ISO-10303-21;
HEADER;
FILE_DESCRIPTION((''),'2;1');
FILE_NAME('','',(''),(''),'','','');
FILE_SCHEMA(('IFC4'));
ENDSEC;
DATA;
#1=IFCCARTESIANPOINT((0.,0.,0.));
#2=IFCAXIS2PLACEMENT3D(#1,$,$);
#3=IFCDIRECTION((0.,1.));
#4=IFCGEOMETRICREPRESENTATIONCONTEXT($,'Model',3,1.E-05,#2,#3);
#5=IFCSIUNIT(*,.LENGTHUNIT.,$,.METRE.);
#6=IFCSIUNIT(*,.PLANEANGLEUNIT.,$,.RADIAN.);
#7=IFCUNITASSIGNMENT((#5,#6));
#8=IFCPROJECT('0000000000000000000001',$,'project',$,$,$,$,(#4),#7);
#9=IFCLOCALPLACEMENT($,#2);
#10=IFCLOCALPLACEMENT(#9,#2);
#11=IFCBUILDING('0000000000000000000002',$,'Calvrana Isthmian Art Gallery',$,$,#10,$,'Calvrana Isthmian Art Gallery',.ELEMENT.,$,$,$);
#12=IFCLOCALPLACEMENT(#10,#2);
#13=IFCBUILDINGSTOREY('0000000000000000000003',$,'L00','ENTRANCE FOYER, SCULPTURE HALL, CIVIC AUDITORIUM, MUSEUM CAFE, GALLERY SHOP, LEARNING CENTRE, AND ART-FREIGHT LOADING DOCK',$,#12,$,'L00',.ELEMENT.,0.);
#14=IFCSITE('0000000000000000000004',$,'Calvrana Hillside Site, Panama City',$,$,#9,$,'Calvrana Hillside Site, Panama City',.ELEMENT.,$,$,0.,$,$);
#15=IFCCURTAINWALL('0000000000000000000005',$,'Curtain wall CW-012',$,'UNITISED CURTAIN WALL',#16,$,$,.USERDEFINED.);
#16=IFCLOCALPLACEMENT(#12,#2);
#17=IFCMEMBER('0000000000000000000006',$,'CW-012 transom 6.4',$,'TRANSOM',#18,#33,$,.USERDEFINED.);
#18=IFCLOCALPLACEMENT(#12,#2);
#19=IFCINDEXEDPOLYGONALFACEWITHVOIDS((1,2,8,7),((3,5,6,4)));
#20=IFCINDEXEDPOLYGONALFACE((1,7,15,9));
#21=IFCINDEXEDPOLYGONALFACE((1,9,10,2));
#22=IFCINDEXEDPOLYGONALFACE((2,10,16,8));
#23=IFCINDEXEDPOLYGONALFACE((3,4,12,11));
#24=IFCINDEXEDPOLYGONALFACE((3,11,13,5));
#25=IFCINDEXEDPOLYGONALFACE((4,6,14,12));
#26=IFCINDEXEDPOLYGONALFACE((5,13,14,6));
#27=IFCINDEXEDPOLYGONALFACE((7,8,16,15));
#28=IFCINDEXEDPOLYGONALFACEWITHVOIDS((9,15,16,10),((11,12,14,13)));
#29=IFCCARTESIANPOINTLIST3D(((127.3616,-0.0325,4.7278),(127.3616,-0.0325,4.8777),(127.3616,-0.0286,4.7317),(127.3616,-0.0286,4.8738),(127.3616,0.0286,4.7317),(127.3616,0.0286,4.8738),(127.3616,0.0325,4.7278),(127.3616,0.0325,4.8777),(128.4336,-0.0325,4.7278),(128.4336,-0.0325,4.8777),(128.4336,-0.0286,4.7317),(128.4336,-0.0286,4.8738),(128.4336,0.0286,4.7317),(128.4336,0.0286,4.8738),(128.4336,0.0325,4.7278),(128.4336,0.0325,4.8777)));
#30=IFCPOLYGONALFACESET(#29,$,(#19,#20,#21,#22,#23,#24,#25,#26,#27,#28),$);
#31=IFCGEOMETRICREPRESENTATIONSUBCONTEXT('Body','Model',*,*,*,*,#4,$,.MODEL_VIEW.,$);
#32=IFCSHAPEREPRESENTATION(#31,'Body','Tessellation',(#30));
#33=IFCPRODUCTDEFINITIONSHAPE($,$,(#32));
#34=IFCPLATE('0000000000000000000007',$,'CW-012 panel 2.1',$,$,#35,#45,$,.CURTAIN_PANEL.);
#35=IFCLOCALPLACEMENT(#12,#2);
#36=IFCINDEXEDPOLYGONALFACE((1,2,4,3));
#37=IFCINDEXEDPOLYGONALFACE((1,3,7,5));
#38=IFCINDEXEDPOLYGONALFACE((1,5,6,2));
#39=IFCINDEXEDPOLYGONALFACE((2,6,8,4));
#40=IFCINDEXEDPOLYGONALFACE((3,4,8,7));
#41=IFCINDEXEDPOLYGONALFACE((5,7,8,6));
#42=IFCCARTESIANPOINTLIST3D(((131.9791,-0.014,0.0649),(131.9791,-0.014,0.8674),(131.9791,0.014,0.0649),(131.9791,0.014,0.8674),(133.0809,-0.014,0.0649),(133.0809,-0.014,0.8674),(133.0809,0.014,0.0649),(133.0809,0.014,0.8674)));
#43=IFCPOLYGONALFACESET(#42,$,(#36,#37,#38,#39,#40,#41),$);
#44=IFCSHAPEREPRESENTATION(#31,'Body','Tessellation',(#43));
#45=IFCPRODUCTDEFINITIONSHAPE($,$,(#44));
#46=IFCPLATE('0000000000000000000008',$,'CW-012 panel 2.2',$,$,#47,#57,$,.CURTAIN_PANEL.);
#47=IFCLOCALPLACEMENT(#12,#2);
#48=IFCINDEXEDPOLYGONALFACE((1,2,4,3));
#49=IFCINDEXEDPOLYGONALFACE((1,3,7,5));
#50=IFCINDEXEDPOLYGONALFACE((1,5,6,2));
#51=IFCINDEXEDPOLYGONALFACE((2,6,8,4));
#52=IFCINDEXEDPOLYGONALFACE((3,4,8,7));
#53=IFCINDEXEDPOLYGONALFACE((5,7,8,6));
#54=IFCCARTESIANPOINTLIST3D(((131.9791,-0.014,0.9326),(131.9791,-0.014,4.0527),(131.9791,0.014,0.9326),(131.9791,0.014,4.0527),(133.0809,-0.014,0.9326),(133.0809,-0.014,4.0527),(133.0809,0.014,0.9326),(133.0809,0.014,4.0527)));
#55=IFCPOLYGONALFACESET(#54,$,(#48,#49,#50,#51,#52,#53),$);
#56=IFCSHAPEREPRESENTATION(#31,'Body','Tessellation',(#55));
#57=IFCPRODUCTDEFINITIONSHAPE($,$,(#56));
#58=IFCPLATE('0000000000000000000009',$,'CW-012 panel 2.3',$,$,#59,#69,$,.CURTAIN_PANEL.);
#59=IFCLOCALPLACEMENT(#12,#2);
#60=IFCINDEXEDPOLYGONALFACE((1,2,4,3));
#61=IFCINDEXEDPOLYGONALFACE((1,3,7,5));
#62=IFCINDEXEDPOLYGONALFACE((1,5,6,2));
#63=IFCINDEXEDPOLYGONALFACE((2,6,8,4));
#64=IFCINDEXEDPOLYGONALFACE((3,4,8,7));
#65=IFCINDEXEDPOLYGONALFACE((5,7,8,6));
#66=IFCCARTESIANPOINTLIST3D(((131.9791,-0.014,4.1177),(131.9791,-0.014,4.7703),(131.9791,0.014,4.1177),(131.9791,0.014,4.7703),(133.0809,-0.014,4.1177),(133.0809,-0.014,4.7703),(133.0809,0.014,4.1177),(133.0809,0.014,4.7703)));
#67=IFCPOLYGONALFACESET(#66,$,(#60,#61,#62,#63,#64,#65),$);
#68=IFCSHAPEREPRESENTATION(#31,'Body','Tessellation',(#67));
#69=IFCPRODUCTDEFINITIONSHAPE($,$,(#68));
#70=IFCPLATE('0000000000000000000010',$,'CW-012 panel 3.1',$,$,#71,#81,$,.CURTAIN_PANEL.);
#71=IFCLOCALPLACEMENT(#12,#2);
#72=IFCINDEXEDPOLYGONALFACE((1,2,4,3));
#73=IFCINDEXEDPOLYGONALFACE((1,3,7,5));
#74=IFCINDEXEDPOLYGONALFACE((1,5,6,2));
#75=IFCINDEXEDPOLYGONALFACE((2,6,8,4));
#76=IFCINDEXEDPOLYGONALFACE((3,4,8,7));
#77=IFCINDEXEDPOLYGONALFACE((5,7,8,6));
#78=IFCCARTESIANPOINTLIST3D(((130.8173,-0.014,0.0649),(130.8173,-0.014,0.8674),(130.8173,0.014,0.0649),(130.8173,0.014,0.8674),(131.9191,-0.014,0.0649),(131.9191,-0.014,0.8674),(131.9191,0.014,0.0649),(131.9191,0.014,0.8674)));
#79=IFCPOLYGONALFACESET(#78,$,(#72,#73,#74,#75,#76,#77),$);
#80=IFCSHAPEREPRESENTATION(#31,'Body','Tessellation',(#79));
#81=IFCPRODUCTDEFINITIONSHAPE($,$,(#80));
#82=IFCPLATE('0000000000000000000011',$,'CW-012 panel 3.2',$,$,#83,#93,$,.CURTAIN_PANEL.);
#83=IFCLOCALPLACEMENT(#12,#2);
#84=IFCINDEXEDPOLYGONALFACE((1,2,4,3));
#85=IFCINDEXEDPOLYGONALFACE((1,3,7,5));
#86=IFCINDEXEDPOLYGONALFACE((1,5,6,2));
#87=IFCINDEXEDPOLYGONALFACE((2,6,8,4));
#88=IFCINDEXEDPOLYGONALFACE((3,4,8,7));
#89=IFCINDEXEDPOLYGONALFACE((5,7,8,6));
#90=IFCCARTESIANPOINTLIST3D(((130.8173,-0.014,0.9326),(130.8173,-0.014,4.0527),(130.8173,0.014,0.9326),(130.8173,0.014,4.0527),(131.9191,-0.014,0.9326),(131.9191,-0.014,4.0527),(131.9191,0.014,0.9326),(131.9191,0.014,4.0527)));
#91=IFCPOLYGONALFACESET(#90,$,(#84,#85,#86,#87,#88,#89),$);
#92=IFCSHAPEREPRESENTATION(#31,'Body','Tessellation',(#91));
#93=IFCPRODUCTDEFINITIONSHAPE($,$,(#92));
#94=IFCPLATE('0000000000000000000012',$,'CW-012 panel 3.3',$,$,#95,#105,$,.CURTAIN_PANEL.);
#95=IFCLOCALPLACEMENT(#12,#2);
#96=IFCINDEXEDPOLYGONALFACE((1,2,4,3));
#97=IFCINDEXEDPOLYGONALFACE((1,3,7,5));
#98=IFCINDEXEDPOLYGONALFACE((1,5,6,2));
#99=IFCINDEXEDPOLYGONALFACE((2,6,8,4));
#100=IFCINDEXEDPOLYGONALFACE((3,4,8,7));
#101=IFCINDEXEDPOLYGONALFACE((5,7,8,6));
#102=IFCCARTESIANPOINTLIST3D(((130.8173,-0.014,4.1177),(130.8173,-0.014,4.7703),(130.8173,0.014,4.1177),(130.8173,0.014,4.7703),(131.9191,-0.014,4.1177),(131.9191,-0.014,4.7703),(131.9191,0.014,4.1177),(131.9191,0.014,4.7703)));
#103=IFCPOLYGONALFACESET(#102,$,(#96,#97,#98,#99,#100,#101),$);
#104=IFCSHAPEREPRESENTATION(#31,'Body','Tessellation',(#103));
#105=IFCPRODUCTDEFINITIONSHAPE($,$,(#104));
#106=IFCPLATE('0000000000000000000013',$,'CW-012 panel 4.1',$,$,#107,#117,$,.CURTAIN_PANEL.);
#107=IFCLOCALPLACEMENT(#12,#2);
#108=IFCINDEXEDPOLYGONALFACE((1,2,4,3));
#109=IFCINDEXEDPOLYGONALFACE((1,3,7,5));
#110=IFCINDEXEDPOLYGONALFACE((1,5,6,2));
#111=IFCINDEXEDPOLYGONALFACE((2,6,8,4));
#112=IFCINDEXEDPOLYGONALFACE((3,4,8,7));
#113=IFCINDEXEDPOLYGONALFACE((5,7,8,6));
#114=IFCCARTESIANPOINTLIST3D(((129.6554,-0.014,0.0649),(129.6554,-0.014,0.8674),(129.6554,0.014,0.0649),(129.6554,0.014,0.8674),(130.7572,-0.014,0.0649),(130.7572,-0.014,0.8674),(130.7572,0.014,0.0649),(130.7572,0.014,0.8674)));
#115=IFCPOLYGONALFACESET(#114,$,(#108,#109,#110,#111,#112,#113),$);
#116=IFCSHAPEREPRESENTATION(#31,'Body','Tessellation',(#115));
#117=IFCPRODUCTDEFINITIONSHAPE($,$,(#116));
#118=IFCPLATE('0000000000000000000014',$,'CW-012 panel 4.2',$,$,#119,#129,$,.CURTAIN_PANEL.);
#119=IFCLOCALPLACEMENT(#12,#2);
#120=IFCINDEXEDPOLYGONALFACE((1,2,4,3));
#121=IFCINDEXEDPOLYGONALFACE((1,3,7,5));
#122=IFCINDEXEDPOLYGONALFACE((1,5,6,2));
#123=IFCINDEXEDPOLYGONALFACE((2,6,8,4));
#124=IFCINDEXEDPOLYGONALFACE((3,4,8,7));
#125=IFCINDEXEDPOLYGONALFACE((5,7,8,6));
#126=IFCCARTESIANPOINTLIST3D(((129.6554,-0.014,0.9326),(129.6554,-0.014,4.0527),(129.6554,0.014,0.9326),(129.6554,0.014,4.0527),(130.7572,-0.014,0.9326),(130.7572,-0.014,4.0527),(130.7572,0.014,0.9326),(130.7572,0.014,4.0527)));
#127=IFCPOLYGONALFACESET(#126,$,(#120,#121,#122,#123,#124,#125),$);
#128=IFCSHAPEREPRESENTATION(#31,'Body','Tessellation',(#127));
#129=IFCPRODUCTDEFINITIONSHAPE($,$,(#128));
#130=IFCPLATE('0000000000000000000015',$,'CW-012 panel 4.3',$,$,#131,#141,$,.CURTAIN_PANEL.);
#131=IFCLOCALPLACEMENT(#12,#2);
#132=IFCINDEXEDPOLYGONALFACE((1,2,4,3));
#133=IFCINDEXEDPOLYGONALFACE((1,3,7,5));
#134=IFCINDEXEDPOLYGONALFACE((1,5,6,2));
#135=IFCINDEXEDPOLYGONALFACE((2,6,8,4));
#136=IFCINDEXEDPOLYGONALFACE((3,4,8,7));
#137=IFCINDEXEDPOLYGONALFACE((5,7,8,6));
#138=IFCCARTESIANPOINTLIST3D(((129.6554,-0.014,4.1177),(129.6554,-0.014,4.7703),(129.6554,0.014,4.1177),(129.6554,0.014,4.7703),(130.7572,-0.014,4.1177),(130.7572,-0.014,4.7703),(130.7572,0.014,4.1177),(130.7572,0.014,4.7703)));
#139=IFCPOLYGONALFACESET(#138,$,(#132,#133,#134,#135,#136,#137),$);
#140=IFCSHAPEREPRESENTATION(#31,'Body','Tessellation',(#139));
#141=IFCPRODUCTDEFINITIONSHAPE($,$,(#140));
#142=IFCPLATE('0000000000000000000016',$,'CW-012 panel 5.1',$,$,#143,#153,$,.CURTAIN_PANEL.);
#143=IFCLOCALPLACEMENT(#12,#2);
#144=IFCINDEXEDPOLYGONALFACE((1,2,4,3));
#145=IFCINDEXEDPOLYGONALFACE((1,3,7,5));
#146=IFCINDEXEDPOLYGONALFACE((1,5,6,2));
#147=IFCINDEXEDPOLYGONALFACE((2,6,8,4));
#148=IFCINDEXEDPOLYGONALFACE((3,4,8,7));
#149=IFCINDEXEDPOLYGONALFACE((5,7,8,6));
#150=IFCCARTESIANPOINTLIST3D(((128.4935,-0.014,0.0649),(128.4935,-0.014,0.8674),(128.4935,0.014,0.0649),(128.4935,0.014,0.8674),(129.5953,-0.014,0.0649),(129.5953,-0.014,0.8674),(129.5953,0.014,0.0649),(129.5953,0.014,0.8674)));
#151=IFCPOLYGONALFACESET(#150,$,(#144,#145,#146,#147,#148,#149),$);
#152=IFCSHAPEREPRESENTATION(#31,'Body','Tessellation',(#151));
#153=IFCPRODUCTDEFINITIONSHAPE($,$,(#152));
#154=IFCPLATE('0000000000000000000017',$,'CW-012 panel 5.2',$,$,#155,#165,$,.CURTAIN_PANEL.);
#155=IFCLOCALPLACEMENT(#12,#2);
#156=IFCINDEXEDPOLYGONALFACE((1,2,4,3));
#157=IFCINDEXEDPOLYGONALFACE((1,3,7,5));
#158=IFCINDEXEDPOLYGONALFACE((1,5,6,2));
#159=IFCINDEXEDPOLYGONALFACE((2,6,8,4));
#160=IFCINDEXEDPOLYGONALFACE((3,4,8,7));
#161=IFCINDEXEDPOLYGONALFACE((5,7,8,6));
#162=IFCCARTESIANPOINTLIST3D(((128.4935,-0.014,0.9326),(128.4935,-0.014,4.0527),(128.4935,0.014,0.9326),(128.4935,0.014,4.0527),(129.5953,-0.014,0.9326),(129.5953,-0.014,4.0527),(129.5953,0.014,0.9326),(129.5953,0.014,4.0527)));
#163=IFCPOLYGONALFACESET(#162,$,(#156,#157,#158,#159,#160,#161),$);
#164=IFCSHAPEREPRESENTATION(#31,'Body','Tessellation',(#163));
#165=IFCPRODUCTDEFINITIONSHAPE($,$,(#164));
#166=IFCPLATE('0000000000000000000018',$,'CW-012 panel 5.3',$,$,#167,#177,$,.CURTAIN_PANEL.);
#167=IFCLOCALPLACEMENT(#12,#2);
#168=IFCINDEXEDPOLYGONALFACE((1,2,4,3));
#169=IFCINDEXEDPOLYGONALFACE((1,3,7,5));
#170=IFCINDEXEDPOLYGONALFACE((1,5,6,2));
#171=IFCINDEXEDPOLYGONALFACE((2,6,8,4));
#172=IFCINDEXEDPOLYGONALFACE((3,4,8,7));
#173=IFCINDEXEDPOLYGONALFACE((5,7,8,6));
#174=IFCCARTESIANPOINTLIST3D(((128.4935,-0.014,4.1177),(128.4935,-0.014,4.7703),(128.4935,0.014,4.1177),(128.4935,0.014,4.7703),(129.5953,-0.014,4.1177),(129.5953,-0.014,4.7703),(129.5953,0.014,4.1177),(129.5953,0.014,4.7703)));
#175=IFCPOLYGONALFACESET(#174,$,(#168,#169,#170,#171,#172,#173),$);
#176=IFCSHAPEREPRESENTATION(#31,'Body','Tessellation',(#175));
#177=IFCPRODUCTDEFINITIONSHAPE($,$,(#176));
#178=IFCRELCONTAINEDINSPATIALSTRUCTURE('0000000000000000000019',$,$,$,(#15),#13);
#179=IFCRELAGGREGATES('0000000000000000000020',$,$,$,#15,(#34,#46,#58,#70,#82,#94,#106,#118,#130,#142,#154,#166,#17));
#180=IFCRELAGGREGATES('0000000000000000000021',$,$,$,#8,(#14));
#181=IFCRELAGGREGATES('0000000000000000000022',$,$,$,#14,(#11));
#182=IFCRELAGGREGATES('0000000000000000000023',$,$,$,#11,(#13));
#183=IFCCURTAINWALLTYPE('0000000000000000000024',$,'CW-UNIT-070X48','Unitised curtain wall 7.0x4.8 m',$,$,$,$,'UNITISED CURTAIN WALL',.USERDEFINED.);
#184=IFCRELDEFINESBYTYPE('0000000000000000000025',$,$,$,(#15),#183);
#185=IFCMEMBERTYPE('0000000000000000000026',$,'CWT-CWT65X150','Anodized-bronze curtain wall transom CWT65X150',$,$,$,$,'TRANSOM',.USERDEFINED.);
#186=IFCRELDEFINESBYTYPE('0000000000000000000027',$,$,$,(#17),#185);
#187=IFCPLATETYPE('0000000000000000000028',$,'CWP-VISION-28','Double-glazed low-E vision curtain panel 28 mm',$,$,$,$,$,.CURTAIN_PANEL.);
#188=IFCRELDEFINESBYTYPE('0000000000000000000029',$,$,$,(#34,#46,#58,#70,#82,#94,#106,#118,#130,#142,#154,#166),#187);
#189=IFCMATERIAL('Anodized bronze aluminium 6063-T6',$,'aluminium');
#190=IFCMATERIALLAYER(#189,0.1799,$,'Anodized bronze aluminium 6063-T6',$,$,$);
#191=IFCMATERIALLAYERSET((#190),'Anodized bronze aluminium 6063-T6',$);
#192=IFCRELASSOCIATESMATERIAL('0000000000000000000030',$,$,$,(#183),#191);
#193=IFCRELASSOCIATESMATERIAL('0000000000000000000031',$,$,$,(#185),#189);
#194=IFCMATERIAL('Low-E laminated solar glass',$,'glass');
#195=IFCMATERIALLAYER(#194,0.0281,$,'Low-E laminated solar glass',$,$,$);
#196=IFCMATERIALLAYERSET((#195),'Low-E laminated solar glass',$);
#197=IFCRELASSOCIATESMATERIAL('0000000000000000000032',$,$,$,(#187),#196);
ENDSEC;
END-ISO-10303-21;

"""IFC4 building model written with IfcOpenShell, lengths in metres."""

from ifc_helpers import new_model, si_unit, direction, frame, origin, origin_2d, place, context, subcontext, project, spatial, rectangle, hollow_rectangle, extrude, material, layer, layer_set, material_profile, profile_set, type_object, element, aggregate, save


model = new_model("IFC4")

# Units and contexts
model_context = context("Model", 3, precision=1e-05, world=origin(), true_north=direction((0.0, 1.0)))
body_context = subcontext(model_context, "Body", "Model", "MODEL_VIEW")
ifc_project = project(units=[si_unit("LENGTHUNIT", "METRE"), si_unit("PLANEANGLEUNIT", "RADIAN")], contexts=[model_context])

# Site, building, storey
site_placement = place(None, origin())
site = spatial("IfcSite", under=ifc_project, at=site_placement, Name="Calvrana Hillside Site, Panama City", LongName="Calvrana Hillside Site, Panama City", CompositionType="ELEMENT", RefElevation=0.0)
building_placement = place(site_placement, origin())
building = spatial("IfcBuilding", under=site, at=building_placement, Name="Calvrana Isthmian Art Gallery", LongName="Calvrana Isthmian Art Gallery", CompositionType="ELEMENT")
storey_placement = place(building_placement, origin())
storey = spatial("IfcBuildingStorey", under=building, at=storey_placement, Name="L00", Description="ENTRANCE FOYER, SCULPTURE HALL, CIVIC AUDITORIUM, MUSEUM CAFE, GALLERY SHOP, LEARNING CENTRE, AND ART-FREIGHT LOADING DOCK", LongName="L00", CompositionType="ELEMENT", Elevation=0.0)

# Curtain wall, member, plates
ifc_material_1 = material(Name="Anodized bronze aluminium 6063-T6", Category="aluminium")
ifc_layer_1 = layer(ifc_material_1, 0.1799, Name="Anodized bronze aluminium 6063-T6")
ifc_layer_set_1 = layer_set([ifc_layer_1], Name="Anodized bronze aluminium 6063-T6")
curtain_wall_type = type_object("IfcCurtainWallType", Name="CW-UNIT-070X48", Description="Unitised curtain wall 7.0x4.8 m", ElementType="UNITISED CURTAIN WALL", PredefinedType="USERDEFINED", material=ifc_layer_set_1)
curtain_wall_placement = place(storey_placement, origin())
curtain_wall = element("IfcCurtainWall", 1, at=curtain_wall_placement, inside=storey, type_object=curtain_wall_type, Name="Curtain wall CW-012", ObjectType="UNITISED CURTAIN WALL", PredefinedType="USERDEFINED")
ifc_material_profile_1 = material_profile(ifc_material_1, hollow_rectangle(XDim=0.0649, YDim=0.1499, WallThickness=0.0039, at=origin_2d()), Name="CWT65X150")
ifc_profile_set_1 = profile_set([ifc_material_profile_1], Name="Anodized bronze aluminium 6063-T6")
member_type_1 = type_object("IfcMemberType", Name="CWT-CWT65X150", Description="Anodized-bronze curtain wall transom CWT65X150", ElementType="TRANSOM", PredefinedType="USERDEFINED", material=ifc_profile_set_1)
member_1_placement = place(storey_placement, frame((128.4336, 0.0, 4.8027), z_axis=(-1.0, 0.0, 0.0), x_axis=(0.0, -1.0, 0.0)))
member_1 = element("IfcMember", 2, at=member_1_placement, type_object=member_type_1, Name="CW-012 transom 6.4", ObjectType="TRANSOM", PredefinedType="USERDEFINED", context=body_context, shape_type="SweptSolid", body=[
    extrude(hollow_rectangle(XDim=0.0649, YDim=0.1499, WallThickness=0.0039, at=origin_2d()), origin(), (0.0, 0.0, 1.0), 1.072),
])
ifc_material_2 = material(Name="Low-E laminated solar glass", Category="glass")
ifc_layer_2 = layer(ifc_material_2, 0.0281, Name="Low-E laminated solar glass")
ifc_layer_set_2 = layer_set([ifc_layer_2], Name="Low-E laminated solar glass")
plate_type = type_object("IfcPlateType", Name="CWP-VISION-28", Description="Double-glazed low-E vision curtain panel 28 mm", PredefinedType="CURTAIN_PANEL", material=ifc_layer_set_2)
plate_1_placement = place(storey_placement, frame((132.53, 0.0, 0.0649), z_axis=(0.0, 0.0, 1.0), x_axis=(-1.0, 0.0, 0.0)))
plate_1 = element("IfcPlate", 3, at=plate_1_placement, type_object=plate_type, Name="CW-012 panel 2.1", PredefinedType="CURTAIN_PANEL", context=body_context, shape_type="SweptSolid", body=[
    extrude(rectangle(XDim=1.1018, YDim=0.0281, at=origin_2d()), origin(), (0.0, 0.0, 1.0), 0.8025),
])
plate_2_placement = place(storey_placement, frame((132.53, 0.0, 0.9326), z_axis=(0.0, 0.0, 1.0), x_axis=(-1.0, 0.0, 0.0)))
plate_2 = element("IfcPlate", 4, at=plate_2_placement, type_object=plate_type, Name="CW-012 panel 2.2", PredefinedType="CURTAIN_PANEL", context=body_context, shape_type="SweptSolid", body=[
    extrude(rectangle(XDim=1.1018, YDim=0.0281, at=origin_2d()), origin(), (0.0, 0.0, 1.0), 3.1201),
])
plate_3_placement = place(storey_placement, frame((132.53, 0.0, 4.1177), z_axis=(0.0, 0.0, 1.0), x_axis=(-1.0, 0.0, 0.0)))
plate_3 = element("IfcPlate", 5, at=plate_3_placement, type_object=plate_type, Name="CW-012 panel 2.3", PredefinedType="CURTAIN_PANEL", context=body_context, shape_type="SweptSolid", body=[
    extrude(rectangle(XDim=1.1018, YDim=0.0281, at=origin_2d()), origin(), (0.0, 0.0, 1.0), 0.6526),
])
plate_4_placement = place(storey_placement, frame((131.3682, 0.0, 0.0649), z_axis=(0.0, 0.0, 1.0), x_axis=(-1.0, 0.0, 0.0)))
plate_4 = element("IfcPlate", 6, at=plate_4_placement, type_object=plate_type, Name="CW-012 panel 3.1", PredefinedType="CURTAIN_PANEL", context=body_context, shape_type="SweptSolid", body=[
    extrude(rectangle(XDim=1.1018, YDim=0.0281, at=origin_2d()), origin(), (0.0, 0.0, 1.0), 0.8025),
])
plate_5_placement = place(storey_placement, frame((131.3682, 0.0, 0.9326), z_axis=(0.0, 0.0, 1.0), x_axis=(-1.0, 0.0, 0.0)))
plate_5 = element("IfcPlate", 7, at=plate_5_placement, type_object=plate_type, Name="CW-012 panel 3.2", PredefinedType="CURTAIN_PANEL", context=body_context, shape_type="SweptSolid", body=[
    extrude(rectangle(XDim=1.1018, YDim=0.0281, at=origin_2d()), origin(), (0.0, 0.0, 1.0), 3.1201),
])
plate_6_placement = place(storey_placement, frame((131.3682, 0.0, 4.1177), z_axis=(0.0, 0.0, 1.0), x_axis=(-1.0, 0.0, 0.0)))
plate_6 = element("IfcPlate", 8, at=plate_6_placement, type_object=plate_type, Name="CW-012 panel 3.3", PredefinedType="CURTAIN_PANEL", context=body_context, shape_type="SweptSolid", body=[
    extrude(rectangle(XDim=1.1018, YDim=0.0281, at=origin_2d()), origin(), (0.0, 0.0, 1.0), 0.6526),
])
plate_7_placement = place(storey_placement, frame((130.2063, 0.0, 0.0649), z_axis=(0.0, 0.0, 1.0), x_axis=(-1.0, 0.0, 0.0)))
plate_7 = element("IfcPlate", 9, at=plate_7_placement, type_object=plate_type, Name="CW-012 panel 4.1", PredefinedType="CURTAIN_PANEL", context=body_context, shape_type="SweptSolid", body=[
    extrude(rectangle(XDim=1.1018, YDim=0.0281, at=origin_2d()), origin(), (0.0, 0.0, 1.0), 0.8025),
])
plate_8_placement = place(storey_placement, frame((130.2063, 0.0, 0.9326), z_axis=(0.0, 0.0, 1.0), x_axis=(-1.0, 0.0, 0.0)))
plate_8 = element("IfcPlate", 10, at=plate_8_placement, type_object=plate_type, Name="CW-012 panel 4.2", PredefinedType="CURTAIN_PANEL", context=body_context, shape_type="SweptSolid", body=[
    extrude(rectangle(XDim=1.1018, YDim=0.0281, at=origin_2d()), origin(), (0.0, 0.0, 1.0), 3.1201),
])
plate_9_placement = place(storey_placement, frame((130.2063, 0.0, 4.1177), z_axis=(0.0, 0.0, 1.0), x_axis=(-1.0, 0.0, 0.0)))
plate_9 = element("IfcPlate", 11, at=plate_9_placement, type_object=plate_type, Name="CW-012 panel 4.3", PredefinedType="CURTAIN_PANEL", context=body_context, shape_type="SweptSolid", body=[
    extrude(rectangle(XDim=1.1018, YDim=0.0281, at=origin_2d()), origin(), (0.0, 0.0, 1.0), 0.6526),
])
plate_10_placement = place(storey_placement, frame((129.0444, 0.0, 0.0649), z_axis=(0.0, 0.0, 1.0), x_axis=(-1.0, 0.0, 0.0)))
plate_10 = element("IfcPlate", 12, at=plate_10_placement, type_object=plate_type, Name="CW-012 panel 5.1", PredefinedType="CURTAIN_PANEL", context=body_context, shape_type="SweptSolid", body=[
    extrude(rectangle(XDim=1.1018, YDim=0.0281, at=origin_2d()), origin(), (0.0, 0.0, 1.0), 0.8025),
])
plate_11_placement = place(storey_placement, frame((129.0444, 0.0, 0.9326), z_axis=(0.0, 0.0, 1.0), x_axis=(-1.0, 0.0, 0.0)))
plate_11 = element("IfcPlate", 13, at=plate_11_placement, type_object=plate_type, Name="CW-012 panel 5.2", PredefinedType="CURTAIN_PANEL", context=body_context, shape_type="SweptSolid", body=[
    extrude(rectangle(XDim=1.1018, YDim=0.0281, at=origin_2d()), origin(), (0.0, 0.0, 1.0), 3.1201),
])
plate_12_placement = place(storey_placement, frame((129.0444, 0.0, 4.1177), z_axis=(0.0, 0.0, 1.0), x_axis=(-1.0, 0.0, 0.0)))
plate_12 = element("IfcPlate", 14, at=plate_12_placement, type_object=plate_type, Name="CW-012 panel 5.3", PredefinedType="CURTAIN_PANEL", context=body_context, shape_type="SweptSolid", body=[
    extrude(rectangle(XDim=1.1018, YDim=0.0281, at=origin_2d()), origin(), (0.0, 0.0, 1.0), 0.6526),
])
aggregate(curtain_wall, [plate_1, plate_2, plate_3, plate_4, plate_5, plate_6, plate_7, plate_8, plate_9, plate_10, plate_11, plate_12, member_1])

save(model, "model.ifc")
